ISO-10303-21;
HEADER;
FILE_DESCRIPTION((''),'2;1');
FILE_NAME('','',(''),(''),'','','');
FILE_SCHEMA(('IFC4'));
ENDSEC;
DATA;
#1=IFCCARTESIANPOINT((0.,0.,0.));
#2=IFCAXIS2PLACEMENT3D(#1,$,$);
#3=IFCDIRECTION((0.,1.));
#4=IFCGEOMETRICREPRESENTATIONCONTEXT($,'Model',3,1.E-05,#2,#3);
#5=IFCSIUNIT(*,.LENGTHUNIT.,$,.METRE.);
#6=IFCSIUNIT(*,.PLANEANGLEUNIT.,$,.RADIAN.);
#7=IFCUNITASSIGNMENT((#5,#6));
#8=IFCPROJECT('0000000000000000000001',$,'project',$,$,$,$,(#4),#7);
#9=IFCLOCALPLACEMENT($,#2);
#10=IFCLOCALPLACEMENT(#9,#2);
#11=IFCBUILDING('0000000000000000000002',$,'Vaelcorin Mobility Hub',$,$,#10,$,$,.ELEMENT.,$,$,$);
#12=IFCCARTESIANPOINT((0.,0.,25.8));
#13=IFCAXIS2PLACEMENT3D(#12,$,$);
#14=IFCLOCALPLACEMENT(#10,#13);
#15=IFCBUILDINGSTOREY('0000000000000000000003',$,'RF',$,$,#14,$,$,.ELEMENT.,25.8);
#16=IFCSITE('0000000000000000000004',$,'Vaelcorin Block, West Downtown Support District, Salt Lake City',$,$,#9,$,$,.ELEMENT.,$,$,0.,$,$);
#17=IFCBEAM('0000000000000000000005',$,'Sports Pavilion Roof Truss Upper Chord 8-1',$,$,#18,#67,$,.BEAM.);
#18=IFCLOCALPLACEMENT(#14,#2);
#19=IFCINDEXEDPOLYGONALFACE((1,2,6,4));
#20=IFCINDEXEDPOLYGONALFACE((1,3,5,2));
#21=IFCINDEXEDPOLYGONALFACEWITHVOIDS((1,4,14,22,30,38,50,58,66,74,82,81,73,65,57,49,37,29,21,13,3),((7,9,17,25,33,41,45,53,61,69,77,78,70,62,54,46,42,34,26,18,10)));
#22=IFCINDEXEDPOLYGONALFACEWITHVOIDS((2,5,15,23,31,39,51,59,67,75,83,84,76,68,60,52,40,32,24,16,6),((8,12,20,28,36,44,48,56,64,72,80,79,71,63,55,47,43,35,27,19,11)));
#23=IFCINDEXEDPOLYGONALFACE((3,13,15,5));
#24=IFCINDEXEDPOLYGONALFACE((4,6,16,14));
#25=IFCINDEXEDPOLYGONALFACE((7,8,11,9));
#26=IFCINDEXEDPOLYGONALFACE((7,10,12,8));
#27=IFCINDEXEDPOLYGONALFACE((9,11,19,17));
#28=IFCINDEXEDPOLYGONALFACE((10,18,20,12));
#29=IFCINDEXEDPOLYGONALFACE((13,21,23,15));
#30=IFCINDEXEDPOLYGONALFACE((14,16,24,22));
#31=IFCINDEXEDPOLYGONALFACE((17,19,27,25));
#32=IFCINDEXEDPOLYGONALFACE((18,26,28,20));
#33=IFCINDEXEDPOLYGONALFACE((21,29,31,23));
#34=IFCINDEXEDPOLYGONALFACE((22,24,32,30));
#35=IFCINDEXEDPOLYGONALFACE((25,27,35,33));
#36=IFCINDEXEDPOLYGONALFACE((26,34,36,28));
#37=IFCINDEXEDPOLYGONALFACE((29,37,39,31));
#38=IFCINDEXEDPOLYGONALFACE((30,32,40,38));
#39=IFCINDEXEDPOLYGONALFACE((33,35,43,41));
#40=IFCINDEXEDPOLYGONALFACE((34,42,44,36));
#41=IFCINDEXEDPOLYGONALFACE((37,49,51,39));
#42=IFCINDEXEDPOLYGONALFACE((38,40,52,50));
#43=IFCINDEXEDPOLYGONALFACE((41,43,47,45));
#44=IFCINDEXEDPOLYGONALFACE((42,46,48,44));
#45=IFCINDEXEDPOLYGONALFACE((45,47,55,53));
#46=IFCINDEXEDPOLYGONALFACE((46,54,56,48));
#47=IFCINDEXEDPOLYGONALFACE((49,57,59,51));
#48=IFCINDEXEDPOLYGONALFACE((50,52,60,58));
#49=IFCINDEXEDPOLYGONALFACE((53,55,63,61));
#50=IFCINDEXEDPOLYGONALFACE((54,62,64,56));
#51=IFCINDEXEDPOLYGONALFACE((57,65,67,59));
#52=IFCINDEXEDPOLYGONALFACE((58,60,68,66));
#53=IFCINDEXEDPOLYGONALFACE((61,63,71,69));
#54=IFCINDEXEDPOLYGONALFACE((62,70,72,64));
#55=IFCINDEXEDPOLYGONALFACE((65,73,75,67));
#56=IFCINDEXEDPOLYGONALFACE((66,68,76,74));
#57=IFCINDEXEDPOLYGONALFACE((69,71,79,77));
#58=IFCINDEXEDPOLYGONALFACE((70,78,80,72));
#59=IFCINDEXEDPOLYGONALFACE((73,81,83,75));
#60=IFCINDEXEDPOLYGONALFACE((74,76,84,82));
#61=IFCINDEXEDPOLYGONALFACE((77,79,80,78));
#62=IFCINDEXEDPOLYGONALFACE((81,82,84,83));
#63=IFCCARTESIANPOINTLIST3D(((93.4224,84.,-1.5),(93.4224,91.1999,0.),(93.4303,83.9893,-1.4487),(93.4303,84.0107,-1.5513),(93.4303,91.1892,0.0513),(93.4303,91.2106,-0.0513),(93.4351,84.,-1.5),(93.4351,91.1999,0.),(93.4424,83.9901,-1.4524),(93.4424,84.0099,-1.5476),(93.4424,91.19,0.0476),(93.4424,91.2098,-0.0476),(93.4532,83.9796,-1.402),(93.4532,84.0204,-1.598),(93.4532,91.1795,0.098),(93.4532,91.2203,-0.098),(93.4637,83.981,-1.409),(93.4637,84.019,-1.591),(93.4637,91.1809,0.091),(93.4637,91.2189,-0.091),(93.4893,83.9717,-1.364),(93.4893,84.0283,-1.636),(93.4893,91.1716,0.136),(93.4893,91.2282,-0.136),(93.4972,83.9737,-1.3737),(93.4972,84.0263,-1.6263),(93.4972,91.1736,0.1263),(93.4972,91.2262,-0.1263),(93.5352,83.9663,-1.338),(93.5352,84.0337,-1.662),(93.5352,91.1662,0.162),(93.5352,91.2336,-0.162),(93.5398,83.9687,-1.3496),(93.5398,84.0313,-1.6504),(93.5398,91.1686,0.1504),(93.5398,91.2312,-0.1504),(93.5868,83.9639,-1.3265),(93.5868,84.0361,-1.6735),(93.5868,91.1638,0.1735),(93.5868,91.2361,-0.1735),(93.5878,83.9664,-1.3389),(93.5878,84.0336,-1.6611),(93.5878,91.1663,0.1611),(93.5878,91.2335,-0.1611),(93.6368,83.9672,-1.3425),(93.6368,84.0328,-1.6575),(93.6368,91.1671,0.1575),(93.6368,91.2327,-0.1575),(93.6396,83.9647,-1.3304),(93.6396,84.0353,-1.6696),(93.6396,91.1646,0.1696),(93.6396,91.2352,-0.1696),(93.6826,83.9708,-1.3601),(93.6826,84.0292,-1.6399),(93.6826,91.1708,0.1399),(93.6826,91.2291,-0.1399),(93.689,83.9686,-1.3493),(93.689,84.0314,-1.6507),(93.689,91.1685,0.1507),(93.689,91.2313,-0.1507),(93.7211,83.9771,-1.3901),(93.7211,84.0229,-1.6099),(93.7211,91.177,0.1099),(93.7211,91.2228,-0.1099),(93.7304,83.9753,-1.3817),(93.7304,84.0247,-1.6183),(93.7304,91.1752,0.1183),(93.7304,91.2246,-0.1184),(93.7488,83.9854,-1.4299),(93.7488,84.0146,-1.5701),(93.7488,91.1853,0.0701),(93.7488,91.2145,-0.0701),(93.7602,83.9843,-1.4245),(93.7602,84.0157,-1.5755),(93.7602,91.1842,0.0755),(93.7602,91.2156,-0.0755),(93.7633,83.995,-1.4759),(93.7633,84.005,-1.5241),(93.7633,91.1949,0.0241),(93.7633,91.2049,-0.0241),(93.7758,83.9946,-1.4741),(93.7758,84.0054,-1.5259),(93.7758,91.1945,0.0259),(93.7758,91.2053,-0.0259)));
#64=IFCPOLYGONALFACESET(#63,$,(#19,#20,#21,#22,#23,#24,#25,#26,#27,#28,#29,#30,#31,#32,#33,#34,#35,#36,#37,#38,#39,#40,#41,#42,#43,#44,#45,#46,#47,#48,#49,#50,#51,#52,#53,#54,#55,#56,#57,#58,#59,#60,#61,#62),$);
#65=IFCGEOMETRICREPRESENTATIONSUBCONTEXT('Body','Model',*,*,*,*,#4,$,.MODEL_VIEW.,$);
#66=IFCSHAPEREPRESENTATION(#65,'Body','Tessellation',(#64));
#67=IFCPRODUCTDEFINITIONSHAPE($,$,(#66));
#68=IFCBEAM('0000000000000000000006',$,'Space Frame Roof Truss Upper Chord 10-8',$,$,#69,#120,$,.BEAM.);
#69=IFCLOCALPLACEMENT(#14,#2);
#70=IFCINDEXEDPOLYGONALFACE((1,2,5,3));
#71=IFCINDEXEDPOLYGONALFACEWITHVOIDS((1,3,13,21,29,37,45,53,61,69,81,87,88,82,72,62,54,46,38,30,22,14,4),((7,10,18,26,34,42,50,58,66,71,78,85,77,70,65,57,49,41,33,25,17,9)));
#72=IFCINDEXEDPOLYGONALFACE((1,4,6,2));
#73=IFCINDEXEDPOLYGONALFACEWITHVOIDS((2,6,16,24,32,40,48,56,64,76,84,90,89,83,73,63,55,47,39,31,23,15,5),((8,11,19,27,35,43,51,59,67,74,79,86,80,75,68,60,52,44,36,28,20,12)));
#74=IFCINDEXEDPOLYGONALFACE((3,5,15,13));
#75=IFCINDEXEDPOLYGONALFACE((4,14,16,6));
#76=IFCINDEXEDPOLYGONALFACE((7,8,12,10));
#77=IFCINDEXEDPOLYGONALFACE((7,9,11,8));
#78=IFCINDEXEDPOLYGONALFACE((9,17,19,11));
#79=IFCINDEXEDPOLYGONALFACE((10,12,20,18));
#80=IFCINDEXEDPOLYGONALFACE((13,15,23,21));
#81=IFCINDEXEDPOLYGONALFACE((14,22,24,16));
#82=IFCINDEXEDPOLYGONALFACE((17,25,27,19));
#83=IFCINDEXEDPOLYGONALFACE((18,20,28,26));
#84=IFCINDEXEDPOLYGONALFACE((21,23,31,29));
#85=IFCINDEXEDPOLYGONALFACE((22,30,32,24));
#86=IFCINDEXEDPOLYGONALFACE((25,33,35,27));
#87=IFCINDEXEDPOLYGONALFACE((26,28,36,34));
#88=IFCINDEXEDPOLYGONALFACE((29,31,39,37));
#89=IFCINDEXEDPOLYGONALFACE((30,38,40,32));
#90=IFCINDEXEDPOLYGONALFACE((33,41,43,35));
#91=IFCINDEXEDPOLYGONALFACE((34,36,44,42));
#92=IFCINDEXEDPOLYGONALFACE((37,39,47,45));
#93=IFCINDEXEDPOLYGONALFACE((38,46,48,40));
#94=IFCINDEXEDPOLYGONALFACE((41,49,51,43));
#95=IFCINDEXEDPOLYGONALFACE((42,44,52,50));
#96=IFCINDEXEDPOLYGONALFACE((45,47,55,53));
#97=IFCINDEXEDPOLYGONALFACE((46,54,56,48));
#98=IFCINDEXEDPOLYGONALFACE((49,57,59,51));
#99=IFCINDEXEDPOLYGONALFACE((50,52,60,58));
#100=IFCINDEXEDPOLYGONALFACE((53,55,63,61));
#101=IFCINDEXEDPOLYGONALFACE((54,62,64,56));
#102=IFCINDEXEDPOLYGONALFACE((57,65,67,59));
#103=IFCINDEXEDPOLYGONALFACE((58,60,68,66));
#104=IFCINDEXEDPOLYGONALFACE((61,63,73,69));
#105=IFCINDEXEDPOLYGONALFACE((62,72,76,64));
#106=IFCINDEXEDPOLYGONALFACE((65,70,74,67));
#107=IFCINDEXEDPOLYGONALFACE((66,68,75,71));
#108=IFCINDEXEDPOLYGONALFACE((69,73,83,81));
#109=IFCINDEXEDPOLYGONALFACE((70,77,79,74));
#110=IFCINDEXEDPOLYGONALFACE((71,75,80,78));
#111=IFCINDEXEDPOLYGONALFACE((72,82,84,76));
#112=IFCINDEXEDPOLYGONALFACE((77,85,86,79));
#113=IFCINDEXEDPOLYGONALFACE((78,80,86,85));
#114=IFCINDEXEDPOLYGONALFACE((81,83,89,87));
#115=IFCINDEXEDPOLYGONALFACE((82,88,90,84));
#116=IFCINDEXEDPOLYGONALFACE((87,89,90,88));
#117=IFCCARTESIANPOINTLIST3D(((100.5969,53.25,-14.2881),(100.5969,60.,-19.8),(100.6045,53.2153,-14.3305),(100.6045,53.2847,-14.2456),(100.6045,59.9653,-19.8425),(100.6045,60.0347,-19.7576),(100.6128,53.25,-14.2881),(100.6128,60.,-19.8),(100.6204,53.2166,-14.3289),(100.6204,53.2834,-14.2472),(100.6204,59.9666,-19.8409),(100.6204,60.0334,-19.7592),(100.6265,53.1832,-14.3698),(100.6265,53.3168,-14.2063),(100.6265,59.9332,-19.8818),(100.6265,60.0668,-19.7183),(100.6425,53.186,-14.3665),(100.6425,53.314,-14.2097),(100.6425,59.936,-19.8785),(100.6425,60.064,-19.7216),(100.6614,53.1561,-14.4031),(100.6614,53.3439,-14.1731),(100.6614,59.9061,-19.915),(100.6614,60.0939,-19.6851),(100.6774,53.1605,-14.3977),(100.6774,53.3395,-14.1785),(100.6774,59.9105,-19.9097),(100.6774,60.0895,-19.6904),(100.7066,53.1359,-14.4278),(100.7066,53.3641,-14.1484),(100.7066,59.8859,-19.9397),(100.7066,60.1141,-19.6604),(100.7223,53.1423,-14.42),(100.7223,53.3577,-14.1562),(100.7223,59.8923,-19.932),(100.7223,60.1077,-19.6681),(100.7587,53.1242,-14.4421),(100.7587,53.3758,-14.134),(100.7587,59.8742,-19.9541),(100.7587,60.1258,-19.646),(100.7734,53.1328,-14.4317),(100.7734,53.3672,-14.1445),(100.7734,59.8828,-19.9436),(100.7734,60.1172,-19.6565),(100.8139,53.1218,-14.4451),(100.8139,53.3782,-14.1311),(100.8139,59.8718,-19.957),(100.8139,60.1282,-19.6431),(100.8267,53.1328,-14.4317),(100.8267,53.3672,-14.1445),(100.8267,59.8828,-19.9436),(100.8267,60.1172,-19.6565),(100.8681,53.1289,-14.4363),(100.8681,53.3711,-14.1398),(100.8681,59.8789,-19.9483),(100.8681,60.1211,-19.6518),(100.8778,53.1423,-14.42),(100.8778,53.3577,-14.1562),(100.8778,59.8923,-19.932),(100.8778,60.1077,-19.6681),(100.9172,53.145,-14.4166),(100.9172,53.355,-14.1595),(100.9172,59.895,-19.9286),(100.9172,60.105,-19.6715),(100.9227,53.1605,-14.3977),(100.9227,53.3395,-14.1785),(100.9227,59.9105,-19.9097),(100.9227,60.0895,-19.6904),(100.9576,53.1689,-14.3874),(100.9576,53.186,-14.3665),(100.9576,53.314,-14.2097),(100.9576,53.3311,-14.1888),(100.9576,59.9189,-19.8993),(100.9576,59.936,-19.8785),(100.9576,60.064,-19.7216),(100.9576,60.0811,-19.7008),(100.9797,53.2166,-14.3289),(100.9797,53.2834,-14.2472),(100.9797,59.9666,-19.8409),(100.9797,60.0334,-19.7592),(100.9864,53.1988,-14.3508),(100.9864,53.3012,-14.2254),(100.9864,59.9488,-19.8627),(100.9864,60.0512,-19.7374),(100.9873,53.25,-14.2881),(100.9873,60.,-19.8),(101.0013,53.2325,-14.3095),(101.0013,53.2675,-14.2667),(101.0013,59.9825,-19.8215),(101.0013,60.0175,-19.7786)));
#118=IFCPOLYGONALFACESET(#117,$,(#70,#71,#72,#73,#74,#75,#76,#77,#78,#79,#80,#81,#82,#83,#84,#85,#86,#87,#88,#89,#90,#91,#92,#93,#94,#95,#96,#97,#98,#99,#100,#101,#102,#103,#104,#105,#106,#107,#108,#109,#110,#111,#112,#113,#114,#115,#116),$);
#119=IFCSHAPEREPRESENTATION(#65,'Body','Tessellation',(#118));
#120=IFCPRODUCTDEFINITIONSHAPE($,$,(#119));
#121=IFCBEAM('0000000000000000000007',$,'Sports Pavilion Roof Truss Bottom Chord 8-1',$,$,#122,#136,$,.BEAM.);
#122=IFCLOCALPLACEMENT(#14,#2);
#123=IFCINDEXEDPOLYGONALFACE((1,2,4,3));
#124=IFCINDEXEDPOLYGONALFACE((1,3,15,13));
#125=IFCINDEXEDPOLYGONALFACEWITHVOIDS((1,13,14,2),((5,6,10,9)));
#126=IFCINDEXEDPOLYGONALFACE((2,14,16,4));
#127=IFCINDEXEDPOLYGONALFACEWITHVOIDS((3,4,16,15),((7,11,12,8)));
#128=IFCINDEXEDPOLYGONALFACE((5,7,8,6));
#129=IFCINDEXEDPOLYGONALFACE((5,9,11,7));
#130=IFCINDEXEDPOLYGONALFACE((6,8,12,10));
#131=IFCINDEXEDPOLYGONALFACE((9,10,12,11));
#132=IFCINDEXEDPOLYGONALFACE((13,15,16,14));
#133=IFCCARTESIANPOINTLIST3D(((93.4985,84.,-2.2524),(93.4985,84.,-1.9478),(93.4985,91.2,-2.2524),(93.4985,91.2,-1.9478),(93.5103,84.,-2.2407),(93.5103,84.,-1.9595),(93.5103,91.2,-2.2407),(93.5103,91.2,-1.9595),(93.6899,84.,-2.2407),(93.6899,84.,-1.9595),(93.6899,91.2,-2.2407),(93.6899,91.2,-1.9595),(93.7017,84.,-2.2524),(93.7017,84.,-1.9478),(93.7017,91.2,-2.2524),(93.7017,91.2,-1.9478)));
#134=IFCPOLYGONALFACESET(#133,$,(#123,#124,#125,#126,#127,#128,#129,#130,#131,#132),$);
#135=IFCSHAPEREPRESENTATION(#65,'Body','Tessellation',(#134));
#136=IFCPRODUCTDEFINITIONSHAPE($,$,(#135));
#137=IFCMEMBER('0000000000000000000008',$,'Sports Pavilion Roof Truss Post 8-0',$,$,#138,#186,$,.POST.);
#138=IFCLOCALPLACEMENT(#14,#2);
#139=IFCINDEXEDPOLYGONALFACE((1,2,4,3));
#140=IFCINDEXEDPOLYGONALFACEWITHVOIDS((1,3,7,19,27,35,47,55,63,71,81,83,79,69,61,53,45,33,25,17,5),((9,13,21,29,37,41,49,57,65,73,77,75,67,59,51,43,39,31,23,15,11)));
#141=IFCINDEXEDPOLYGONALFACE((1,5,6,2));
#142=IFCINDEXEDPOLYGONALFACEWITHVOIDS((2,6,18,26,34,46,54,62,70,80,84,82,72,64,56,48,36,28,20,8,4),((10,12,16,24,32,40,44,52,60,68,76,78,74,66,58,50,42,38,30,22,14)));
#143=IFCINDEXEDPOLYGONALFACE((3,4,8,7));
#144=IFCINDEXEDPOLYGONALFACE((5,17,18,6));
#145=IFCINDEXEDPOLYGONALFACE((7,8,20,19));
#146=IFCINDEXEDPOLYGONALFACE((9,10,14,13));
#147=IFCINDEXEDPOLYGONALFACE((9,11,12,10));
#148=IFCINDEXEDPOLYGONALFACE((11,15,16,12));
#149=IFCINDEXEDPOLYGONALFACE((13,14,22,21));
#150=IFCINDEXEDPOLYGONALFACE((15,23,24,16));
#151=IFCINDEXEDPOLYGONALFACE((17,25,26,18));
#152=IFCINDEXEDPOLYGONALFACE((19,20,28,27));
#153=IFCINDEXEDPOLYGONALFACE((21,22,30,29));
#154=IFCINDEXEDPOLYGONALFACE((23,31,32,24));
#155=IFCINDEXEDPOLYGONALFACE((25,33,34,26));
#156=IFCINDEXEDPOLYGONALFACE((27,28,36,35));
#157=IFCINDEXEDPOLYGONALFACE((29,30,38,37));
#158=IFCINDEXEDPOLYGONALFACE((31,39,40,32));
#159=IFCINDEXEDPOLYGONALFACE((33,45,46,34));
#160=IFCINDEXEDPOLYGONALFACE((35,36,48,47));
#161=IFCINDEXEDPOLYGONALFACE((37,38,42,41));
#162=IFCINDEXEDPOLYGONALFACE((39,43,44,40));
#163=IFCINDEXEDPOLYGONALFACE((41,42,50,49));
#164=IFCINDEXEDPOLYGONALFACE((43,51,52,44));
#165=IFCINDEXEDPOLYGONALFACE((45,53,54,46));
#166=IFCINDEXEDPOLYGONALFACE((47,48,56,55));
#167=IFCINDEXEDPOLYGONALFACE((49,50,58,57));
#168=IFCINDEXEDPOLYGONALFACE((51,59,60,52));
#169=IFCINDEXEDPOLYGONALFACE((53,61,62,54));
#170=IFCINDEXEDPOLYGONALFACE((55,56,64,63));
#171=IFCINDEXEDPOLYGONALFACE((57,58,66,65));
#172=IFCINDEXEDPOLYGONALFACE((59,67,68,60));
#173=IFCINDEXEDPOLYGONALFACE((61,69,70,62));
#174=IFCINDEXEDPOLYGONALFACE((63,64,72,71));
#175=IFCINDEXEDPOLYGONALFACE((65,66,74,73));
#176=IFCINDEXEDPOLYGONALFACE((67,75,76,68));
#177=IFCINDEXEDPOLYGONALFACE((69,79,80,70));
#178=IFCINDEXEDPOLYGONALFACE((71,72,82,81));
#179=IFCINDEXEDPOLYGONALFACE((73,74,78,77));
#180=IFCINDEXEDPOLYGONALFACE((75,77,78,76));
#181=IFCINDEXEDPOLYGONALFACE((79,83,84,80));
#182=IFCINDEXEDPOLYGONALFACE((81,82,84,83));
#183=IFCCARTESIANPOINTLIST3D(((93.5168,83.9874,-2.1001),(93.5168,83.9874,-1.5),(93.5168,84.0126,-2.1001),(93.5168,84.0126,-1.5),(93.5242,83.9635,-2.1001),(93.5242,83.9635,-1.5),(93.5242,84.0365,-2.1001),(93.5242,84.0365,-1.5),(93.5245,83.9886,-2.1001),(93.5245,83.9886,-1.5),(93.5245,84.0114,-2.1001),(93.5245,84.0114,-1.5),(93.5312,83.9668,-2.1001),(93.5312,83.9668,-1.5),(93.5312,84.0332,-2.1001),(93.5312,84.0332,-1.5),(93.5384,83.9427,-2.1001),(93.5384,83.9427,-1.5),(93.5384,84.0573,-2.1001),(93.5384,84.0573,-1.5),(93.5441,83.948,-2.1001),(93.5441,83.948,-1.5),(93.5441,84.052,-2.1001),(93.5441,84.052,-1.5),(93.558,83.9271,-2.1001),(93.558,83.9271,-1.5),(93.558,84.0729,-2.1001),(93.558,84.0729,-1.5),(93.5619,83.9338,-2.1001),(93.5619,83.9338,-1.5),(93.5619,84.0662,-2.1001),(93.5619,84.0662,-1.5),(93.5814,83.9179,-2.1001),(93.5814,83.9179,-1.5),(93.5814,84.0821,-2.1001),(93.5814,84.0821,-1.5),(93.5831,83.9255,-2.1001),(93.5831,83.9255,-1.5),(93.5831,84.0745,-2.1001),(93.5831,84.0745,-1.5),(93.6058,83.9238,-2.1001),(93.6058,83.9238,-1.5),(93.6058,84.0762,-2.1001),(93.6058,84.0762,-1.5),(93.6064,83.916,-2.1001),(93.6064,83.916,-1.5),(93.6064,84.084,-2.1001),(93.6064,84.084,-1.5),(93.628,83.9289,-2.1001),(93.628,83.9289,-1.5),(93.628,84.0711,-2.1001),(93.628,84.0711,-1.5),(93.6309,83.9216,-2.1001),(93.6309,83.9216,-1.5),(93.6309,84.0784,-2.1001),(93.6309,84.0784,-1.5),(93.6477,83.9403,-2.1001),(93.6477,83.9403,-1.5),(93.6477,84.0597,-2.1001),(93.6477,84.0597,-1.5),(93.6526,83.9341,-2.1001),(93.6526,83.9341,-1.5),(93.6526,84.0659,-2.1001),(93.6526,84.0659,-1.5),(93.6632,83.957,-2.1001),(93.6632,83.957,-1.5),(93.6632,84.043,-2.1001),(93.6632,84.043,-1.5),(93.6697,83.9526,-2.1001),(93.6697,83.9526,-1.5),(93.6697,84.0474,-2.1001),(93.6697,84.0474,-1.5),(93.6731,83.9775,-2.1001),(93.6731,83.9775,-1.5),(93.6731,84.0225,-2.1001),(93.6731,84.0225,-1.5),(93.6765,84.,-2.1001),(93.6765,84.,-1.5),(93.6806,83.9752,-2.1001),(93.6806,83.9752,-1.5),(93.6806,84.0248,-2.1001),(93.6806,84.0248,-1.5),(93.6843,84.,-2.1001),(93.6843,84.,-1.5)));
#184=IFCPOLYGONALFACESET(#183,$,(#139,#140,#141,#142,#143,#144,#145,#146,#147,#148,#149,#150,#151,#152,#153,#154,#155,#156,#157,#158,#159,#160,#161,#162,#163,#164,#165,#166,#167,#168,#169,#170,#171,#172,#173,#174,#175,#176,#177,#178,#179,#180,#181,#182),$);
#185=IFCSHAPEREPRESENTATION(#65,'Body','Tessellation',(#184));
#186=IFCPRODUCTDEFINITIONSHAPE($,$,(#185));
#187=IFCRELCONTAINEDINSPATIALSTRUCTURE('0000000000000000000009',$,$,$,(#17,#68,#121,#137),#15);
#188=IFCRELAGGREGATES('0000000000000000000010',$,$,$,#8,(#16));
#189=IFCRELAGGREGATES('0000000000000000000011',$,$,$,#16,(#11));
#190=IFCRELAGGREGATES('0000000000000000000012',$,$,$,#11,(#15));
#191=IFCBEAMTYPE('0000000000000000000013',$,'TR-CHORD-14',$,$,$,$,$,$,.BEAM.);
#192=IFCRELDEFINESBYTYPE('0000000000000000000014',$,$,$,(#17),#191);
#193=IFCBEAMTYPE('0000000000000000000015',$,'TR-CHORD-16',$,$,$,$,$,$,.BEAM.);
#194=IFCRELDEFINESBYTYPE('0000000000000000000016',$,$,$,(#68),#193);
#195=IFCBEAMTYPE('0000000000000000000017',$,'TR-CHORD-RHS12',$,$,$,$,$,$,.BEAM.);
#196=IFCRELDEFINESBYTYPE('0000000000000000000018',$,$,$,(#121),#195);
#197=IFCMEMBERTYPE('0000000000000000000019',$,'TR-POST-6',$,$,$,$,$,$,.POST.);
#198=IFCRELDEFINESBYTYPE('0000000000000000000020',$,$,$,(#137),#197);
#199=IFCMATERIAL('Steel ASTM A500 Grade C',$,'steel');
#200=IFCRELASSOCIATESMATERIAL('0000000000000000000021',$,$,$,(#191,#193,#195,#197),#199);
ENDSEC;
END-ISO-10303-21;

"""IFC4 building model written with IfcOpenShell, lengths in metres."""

from ifc_helpers import new_model, si_unit, direction, frame, origin, origin_2d, place, context, subcontext, project, spatial, hollow_rectangle, hollow_circle, extrude, material, material_profile, profile_set, type_object, element, save


model = new_model("IFC4")

# Units and contexts
model_context = context("Model", 3, precision=1e-05, world=origin(), true_north=direction((0.0, 1.0)))
body_context = subcontext(model_context, "Body", "Model", "MODEL_VIEW")
ifc_project = project(units=[si_unit("LENGTHUNIT", "METRE"), si_unit("PLANEANGLEUNIT", "RADIAN")], contexts=[model_context])

# Site, building, storey
site_placement = place(None, origin())
site = spatial("IfcSite", under=ifc_project, at=site_placement, Name="Vaelcorin Block, West Downtown Support District, Salt Lake City", CompositionType="ELEMENT", RefElevation=0.0)
building_placement = place(site_placement, origin())
building = spatial("IfcBuilding", under=site, at=building_placement, Name="Vaelcorin Mobility Hub", CompositionType="ELEMENT")
storey_placement = place(building_placement, frame((0.0, 0.0, 25.8)))
storey = spatial("IfcBuildingStorey", under=building, at=storey_placement, Name="RF", CompositionType="ELEMENT", Elevation=25.8)

# Shared definitions
ifc_material_1 = material(Name="Steel ASTM A500 Grade C", Category="steel")

# Beams
ifc_material_profile_1 = material_profile(ifc_material_1, hollow_circle(Radius=0.1777, WallThickness=0.0127, at=origin_2d()), Name="HSS14.000X0.500")
ifc_profile_set_1 = profile_set([ifc_material_profile_1], Name="Steel ASTM A500 Grade C")
beam_type_1 = type_object("IfcBeamType", Name="TR-CHORD-14", PredefinedType="BEAM", material=ifc_profile_set_1)
beam_1_placement = place(storey_placement, frame((93.6001, 84.0, -1.5), z_axis=(0.0, 0.97898, 0.203956), x_axis=(-1.0, 0.0, 0.0)))
element("IfcBeam", 1, at=beam_1_placement, inside=storey, type_object=beam_type_1, Name="Sports Pavilion Roof Truss Upper Chord 8-1", PredefinedType="BEAM", context=body_context, shape_type="SweptSolid", body=[
    extrude(hollow_circle(Radius=0.1777, WallThickness=0.0127, at=origin_2d()), origin(), (0.0, 0.0, 1.0), 7.3545),
])
ifc_material_profile_2 = material_profile(ifc_material_1, hollow_circle(Radius=0.2031, WallThickness=0.0159, at=origin_2d()), Name="HSS16.000X0.625")
ifc_profile_set_2 = profile_set([ifc_material_profile_2], Name="Steel ASTM A500 Grade C")
beam_type_2 = type_object("IfcBeamType", Name="TR-CHORD-16", PredefinedType="BEAM", material=ifc_profile_set_2)
beam_2_placement = place(storey_placement, frame((100.8, 53.25, -14.2881), z_axis=(0.0, 0.774562, -0.632498), x_axis=(-1.0, 0.0, 0.0)))
element("IfcBeam", 2, at=beam_2_placement, inside=storey, type_object=beam_type_2, Name="Space Frame Roof Truss Upper Chord 10-8", PredefinedType="BEAM", context=body_context, shape_type="SweptSolid", body=[
    extrude(hollow_circle(Radius=0.2031, WallThickness=0.0159, at=origin_2d()), origin(), (0.0, 0.0, 1.0), 8.7146),
])
ifc_material_profile_3 = material_profile(ifc_material_1, hollow_rectangle(XDim=0.2031, YDim=0.3047, WallThickness=0.0117, at=origin_2d()), Name="HSS12X8X0.500")
ifc_profile_set_3 = profile_set([ifc_material_profile_3], Name="Steel ASTM A500 Grade C")
beam_type_3 = type_object("IfcBeamType", Name="TR-CHORD-RHS12", PredefinedType="BEAM", material=ifc_profile_set_3)
beam_3_placement = place(storey_placement, frame((93.6001, 84.0, -2.1001), z_axis=(0.0, 1.0, 0.0), x_axis=(-1.0, 0.0, 0.0)))
element("IfcBeam", 3, at=beam_3_placement, inside=storey, type_object=beam_type_3, Name="Sports Pavilion Roof Truss Bottom Chord 8-1", PredefinedType="BEAM", context=body_context, shape_type="SweptSolid", body=[
    extrude(hollow_rectangle(XDim=0.2031, YDim=0.3047, WallThickness=0.0117, at=origin_2d()), origin(), (0.0, 0.0, 1.0), 7.2),
])

# Member
ifc_material_profile_4 = material_profile(ifc_material_1, hollow_circle(Radius=0.0842, WallThickness=0.0078, at=origin_2d()), Name="HSS6.625X0.312")
ifc_profile_set_4 = profile_set([ifc_material_profile_4], Name="Steel ASTM A500 Grade C")
member_type_1 = type_object("IfcMemberType", Name="TR-POST-6", PredefinedType="POST", material=ifc_profile_set_4)
member_1_placement = place(storey_placement, frame((93.6001, 84.0, -2.1001), z_axis=(0.0, 0.0, 1.0), x_axis=(1.0, 0.0, 0.0)))
element("IfcMember", 4, at=member_1_placement, inside=storey, type_object=member_type_1, Name="Sports Pavilion Roof Truss Post 8-0", PredefinedType="POST", context=body_context, shape_type="SweptSolid", body=[
    extrude(hollow_circle(Radius=0.0842, WallThickness=0.0078, at=origin_2d()), origin(), (0.0, 0.0, 1.0), 0.6001),
])

save(model, "model.ifc")
